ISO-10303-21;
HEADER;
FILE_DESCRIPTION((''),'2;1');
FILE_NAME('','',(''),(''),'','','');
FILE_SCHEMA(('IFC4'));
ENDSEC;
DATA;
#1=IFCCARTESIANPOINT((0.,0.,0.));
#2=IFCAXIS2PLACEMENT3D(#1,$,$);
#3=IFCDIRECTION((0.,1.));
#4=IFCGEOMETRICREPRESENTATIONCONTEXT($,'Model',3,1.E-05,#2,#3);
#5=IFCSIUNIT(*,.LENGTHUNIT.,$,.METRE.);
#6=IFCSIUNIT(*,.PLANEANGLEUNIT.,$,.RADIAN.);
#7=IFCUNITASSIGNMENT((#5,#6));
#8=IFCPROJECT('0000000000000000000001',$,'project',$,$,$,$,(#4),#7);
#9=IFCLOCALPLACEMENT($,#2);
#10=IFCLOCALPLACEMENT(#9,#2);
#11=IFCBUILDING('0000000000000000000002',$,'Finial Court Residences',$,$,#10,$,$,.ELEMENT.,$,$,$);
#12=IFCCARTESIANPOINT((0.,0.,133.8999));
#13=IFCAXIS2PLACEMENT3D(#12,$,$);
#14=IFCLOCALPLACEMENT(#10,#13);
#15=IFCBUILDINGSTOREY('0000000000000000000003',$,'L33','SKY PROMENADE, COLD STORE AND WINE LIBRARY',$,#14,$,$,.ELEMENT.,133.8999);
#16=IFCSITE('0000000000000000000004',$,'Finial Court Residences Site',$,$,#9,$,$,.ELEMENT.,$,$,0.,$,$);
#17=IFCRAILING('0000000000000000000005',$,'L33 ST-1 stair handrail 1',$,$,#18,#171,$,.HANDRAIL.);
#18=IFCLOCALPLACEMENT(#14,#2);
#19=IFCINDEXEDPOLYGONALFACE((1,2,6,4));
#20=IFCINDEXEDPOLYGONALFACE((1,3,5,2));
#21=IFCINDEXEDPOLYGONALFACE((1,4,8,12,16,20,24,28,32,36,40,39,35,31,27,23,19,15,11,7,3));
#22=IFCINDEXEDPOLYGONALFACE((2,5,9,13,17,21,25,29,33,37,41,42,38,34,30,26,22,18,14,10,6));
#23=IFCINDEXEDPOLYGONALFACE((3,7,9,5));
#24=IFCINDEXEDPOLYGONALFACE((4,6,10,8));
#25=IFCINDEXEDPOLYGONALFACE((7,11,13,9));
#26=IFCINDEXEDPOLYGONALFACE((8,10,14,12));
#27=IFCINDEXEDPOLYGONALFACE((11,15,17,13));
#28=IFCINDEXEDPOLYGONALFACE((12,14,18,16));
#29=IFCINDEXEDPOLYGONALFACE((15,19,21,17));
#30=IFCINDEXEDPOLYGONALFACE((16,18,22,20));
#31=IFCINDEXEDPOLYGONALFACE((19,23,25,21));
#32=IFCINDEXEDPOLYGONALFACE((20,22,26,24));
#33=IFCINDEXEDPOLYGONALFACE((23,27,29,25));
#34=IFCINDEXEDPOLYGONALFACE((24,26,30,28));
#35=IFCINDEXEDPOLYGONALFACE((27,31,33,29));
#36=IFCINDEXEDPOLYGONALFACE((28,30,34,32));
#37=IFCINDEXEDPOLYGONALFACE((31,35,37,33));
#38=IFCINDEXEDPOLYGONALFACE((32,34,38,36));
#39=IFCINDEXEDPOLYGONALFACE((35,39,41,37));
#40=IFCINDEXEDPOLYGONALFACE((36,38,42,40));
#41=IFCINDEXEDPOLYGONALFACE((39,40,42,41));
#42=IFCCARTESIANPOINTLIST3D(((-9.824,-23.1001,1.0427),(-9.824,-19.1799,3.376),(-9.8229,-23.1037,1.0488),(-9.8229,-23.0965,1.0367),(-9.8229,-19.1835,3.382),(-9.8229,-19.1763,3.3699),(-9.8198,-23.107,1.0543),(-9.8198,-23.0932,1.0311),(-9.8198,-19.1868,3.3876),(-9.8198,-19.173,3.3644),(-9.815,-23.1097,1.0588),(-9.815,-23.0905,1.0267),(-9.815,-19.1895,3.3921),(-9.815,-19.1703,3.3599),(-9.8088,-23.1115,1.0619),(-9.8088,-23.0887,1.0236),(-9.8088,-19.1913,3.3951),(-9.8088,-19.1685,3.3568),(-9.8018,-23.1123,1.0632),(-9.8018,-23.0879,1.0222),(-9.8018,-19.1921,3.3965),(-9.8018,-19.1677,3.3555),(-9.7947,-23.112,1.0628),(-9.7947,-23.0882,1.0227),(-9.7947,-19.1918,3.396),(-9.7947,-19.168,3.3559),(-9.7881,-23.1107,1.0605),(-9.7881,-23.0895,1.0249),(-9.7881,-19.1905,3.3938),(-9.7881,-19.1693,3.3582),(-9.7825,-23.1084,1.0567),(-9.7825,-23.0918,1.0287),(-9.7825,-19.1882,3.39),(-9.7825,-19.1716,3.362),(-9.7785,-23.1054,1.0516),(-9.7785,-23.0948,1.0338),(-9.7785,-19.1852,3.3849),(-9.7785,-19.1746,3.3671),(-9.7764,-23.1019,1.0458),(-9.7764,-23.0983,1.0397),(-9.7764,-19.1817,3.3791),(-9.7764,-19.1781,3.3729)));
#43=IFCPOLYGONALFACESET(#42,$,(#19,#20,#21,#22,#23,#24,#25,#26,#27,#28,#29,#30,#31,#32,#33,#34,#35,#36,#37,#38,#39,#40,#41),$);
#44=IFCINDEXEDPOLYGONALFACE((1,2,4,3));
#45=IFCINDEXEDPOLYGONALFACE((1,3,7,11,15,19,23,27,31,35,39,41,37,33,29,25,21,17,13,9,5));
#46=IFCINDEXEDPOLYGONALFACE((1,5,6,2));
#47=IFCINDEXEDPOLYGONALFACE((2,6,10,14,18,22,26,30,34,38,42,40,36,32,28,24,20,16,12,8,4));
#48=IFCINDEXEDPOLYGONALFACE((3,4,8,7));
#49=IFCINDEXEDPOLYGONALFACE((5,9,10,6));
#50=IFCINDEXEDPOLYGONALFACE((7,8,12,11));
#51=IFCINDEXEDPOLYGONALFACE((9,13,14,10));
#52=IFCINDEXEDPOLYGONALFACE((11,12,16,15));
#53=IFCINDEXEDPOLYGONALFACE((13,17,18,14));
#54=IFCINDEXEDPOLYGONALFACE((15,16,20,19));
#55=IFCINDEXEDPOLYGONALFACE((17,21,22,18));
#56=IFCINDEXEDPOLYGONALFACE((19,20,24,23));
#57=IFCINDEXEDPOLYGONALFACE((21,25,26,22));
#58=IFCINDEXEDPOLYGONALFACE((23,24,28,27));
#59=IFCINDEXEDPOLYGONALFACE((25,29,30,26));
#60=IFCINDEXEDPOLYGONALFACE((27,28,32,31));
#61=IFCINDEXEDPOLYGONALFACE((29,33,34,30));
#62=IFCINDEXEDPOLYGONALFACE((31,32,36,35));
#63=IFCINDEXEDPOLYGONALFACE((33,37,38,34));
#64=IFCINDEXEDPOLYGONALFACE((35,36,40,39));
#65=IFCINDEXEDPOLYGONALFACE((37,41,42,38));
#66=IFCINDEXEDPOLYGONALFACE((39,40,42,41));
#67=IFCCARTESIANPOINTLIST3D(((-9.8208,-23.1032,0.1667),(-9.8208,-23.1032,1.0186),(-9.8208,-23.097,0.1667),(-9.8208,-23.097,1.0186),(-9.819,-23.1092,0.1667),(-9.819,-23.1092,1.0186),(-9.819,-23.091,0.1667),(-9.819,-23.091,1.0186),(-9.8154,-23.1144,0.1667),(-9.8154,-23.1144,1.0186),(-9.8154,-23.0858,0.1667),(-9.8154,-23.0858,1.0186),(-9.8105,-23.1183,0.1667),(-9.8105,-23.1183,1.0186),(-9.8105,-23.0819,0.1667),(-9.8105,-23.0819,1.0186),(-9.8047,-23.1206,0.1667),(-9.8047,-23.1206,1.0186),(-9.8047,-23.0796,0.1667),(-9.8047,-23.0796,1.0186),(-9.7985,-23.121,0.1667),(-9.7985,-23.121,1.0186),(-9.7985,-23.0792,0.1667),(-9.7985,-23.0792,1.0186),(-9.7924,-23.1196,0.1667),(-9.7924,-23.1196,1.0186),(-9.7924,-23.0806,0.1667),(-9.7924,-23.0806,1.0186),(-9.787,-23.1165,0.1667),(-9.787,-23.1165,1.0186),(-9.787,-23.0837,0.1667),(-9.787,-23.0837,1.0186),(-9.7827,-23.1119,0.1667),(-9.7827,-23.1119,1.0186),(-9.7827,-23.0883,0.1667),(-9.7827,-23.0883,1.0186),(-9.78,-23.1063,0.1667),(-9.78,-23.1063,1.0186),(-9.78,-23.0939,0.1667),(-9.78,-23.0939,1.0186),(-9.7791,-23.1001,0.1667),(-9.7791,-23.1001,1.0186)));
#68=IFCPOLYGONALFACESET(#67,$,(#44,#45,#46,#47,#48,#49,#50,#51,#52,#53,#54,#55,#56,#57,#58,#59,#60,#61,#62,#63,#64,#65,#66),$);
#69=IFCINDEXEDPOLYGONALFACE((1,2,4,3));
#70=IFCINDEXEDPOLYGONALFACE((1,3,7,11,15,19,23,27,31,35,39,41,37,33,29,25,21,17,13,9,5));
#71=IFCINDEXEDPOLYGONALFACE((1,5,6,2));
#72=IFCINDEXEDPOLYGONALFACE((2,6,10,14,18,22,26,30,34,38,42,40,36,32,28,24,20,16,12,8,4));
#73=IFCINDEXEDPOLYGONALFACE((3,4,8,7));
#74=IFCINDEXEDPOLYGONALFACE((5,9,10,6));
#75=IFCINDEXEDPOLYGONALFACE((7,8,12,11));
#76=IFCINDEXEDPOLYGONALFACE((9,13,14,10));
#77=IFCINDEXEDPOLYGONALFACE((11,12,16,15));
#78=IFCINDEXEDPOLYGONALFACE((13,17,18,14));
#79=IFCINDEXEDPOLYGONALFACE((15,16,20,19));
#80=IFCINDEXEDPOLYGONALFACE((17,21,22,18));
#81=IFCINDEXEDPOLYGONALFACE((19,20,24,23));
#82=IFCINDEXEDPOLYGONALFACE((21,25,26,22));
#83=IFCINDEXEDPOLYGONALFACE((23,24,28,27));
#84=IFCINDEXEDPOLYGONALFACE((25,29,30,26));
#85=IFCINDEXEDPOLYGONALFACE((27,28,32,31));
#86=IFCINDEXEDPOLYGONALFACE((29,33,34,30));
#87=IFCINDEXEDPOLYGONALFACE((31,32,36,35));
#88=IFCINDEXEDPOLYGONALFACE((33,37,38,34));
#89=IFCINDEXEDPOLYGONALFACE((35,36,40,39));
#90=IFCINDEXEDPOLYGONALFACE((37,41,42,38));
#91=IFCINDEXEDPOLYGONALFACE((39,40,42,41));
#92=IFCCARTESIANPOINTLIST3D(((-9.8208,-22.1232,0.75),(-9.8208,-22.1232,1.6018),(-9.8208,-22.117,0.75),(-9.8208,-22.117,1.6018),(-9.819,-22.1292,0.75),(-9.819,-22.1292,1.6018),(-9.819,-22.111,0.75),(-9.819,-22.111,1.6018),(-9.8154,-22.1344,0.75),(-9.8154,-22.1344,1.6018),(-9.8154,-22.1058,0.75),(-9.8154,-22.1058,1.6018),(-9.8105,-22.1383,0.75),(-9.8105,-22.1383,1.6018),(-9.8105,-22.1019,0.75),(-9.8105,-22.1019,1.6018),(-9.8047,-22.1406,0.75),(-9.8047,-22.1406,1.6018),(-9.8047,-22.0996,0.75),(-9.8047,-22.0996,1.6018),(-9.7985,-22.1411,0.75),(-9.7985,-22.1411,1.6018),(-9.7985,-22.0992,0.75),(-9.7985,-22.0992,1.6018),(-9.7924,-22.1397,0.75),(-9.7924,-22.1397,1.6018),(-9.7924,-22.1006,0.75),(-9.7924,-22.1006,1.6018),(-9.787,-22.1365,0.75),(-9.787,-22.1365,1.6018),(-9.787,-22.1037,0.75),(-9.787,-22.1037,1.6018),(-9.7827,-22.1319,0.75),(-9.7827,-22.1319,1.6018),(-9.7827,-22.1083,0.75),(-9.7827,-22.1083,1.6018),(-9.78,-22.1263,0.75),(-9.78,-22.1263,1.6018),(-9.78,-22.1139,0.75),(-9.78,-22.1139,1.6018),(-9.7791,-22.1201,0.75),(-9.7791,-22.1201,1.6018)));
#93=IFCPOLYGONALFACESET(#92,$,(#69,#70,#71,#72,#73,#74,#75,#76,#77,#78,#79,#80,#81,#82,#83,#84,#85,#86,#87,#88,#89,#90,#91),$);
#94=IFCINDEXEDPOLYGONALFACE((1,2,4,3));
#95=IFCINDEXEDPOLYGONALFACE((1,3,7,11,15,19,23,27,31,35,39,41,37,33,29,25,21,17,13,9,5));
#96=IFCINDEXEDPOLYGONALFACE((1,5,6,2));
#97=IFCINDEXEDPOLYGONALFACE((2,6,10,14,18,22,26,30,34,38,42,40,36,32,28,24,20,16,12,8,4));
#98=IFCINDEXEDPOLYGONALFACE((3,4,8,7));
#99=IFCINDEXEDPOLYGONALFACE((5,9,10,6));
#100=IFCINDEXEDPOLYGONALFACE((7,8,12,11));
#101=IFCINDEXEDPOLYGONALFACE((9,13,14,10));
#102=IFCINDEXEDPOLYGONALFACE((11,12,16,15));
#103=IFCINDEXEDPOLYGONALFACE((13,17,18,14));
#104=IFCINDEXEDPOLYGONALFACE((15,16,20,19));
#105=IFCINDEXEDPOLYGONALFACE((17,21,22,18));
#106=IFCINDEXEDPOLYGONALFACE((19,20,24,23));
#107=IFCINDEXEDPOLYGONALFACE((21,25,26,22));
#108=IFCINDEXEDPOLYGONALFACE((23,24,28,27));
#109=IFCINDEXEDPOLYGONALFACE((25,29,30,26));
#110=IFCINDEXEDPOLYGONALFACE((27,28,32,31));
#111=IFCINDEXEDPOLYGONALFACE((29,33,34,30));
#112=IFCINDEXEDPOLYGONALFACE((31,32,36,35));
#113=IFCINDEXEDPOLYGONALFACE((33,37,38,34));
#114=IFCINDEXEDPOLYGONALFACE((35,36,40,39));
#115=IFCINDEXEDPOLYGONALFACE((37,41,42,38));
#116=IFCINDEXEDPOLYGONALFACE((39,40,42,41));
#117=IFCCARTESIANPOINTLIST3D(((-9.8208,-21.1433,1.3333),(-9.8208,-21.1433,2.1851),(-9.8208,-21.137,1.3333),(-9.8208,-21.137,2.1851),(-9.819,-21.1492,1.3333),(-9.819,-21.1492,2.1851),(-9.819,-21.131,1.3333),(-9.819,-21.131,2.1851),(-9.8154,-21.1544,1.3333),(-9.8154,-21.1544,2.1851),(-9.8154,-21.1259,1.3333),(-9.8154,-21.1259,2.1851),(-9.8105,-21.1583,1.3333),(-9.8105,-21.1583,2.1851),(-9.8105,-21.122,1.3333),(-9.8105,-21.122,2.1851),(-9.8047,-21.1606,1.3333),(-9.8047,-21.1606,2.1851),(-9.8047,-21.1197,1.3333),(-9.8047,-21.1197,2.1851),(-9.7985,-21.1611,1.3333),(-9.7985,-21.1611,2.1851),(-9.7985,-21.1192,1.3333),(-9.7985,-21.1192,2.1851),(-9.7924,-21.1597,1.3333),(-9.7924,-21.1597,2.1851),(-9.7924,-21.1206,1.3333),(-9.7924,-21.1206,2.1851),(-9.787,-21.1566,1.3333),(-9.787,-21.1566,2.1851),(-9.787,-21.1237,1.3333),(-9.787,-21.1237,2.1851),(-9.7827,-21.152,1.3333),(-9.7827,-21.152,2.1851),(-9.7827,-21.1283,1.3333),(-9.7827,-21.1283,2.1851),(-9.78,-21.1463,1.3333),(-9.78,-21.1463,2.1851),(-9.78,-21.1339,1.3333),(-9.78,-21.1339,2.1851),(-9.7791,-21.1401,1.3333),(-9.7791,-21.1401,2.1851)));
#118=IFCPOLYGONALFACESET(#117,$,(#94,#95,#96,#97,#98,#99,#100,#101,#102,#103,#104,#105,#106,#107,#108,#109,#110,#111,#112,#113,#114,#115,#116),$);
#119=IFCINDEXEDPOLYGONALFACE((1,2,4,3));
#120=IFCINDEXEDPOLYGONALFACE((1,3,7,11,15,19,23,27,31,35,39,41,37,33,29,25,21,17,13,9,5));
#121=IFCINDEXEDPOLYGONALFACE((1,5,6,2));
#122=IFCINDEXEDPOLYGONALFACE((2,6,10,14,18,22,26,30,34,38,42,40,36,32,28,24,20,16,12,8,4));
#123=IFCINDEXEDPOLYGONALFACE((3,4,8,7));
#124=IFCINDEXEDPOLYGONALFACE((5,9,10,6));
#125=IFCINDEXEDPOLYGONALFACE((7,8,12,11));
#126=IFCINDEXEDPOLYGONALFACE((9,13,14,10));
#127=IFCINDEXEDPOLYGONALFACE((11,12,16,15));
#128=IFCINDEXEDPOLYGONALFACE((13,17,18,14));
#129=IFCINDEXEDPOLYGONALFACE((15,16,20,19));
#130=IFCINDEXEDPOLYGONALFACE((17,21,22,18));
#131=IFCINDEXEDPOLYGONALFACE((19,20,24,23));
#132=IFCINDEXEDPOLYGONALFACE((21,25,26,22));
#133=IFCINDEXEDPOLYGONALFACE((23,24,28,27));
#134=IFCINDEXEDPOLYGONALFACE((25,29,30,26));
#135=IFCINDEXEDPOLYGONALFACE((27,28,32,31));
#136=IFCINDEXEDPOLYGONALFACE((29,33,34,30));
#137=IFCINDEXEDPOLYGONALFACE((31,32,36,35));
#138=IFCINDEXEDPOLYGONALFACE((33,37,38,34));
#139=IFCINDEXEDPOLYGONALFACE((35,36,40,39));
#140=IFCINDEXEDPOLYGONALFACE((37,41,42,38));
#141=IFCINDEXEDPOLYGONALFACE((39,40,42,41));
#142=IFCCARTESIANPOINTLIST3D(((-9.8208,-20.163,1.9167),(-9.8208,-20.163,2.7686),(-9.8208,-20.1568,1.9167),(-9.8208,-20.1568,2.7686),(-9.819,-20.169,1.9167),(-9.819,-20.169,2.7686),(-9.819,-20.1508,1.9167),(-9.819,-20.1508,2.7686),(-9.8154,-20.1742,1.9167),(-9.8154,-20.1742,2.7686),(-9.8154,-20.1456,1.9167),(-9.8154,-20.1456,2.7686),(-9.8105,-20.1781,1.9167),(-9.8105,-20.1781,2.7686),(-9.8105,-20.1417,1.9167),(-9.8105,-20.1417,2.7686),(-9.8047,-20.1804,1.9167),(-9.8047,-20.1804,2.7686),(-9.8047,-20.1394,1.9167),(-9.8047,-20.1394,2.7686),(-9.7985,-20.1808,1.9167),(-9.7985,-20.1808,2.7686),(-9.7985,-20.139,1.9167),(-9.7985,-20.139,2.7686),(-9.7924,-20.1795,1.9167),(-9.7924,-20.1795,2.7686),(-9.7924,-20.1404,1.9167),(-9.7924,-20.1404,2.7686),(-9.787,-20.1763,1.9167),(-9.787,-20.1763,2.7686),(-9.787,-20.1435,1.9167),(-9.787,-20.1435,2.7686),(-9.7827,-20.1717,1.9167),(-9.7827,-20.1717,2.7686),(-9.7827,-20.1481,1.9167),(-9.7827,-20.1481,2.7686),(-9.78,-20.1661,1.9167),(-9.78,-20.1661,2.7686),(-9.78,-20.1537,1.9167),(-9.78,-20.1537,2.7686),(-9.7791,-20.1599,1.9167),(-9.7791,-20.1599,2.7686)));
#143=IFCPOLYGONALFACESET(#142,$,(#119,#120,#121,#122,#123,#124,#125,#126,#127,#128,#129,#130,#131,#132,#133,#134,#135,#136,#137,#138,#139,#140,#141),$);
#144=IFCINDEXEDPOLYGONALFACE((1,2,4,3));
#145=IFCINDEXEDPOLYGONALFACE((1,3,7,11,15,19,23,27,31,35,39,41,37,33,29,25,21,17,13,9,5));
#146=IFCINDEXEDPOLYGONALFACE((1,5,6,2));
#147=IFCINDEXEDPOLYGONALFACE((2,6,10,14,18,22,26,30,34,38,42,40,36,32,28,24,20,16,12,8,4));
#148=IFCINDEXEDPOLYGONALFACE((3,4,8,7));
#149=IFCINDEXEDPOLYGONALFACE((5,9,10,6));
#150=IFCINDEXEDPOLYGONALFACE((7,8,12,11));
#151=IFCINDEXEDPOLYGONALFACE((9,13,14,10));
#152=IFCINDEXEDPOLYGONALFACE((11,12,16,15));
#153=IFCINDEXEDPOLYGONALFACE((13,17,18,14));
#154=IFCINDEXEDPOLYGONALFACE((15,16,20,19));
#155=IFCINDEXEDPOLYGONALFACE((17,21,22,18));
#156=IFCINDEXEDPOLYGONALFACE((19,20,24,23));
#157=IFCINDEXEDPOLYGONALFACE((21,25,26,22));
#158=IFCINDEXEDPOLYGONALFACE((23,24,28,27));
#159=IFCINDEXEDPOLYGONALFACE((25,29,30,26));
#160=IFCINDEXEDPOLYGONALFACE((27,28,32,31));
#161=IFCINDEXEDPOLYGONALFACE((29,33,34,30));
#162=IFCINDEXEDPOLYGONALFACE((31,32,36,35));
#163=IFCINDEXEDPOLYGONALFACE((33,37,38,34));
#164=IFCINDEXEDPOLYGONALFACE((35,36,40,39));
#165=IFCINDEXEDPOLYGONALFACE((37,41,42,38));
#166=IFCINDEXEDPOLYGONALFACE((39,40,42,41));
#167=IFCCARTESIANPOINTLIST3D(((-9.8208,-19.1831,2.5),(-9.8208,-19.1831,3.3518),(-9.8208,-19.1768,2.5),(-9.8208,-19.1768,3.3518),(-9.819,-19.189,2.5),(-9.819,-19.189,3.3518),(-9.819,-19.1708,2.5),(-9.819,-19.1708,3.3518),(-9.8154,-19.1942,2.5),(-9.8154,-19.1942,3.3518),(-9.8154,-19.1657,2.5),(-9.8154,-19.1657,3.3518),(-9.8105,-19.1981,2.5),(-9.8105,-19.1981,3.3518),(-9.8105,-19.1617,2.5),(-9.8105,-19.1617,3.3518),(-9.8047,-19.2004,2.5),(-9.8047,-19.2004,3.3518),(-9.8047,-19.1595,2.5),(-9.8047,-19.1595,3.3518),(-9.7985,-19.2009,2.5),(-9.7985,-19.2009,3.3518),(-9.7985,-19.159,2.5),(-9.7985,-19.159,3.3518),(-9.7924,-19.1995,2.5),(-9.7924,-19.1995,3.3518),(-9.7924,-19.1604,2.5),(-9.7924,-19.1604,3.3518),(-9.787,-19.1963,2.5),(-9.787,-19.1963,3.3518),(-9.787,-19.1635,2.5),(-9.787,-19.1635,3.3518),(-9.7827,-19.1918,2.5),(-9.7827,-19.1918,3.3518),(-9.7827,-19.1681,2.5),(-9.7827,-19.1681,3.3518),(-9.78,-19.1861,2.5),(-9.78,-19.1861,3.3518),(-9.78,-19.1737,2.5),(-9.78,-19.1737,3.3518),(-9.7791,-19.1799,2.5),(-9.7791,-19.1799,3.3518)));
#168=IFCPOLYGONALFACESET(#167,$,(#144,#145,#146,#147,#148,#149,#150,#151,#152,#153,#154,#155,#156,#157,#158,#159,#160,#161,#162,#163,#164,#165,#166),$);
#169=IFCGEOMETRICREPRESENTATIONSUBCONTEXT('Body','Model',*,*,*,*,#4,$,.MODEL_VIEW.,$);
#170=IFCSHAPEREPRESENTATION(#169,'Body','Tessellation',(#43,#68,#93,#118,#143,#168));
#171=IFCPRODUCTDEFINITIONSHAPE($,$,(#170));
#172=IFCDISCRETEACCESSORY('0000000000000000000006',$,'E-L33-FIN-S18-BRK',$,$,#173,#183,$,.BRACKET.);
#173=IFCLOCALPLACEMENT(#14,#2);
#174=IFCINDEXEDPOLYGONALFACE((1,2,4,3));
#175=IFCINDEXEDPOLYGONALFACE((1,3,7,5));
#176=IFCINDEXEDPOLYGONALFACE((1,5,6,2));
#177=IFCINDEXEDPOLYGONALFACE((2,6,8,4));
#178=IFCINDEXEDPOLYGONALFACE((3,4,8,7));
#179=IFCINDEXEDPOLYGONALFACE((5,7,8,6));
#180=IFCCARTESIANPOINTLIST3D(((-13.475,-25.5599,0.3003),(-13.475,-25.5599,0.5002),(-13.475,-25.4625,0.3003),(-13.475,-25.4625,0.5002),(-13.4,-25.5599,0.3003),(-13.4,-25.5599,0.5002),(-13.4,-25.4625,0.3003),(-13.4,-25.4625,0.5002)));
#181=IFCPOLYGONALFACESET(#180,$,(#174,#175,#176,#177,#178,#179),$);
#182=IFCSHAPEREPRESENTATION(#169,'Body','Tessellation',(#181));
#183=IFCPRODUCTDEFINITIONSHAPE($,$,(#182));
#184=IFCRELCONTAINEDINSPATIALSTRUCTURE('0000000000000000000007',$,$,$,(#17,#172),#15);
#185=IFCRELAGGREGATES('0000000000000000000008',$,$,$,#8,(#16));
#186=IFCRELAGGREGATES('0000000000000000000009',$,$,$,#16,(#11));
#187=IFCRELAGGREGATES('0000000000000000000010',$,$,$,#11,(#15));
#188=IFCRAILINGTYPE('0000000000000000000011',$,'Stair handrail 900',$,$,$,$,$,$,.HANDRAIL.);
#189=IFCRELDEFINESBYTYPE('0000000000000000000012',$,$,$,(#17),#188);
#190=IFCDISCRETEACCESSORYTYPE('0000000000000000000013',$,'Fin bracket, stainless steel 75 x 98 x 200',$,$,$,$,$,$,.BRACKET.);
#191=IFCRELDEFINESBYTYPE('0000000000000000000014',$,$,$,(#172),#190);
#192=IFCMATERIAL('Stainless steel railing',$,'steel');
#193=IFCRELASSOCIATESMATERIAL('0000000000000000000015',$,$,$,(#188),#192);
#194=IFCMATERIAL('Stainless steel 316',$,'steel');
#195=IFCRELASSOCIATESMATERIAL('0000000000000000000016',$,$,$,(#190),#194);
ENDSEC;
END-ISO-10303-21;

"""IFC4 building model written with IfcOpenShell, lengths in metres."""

from ifc_helpers import new_model, si_unit, direction, frame, origin, origin_2d, place, context, subcontext, project, spatial, rectangle, circle, extrude, material, type_object, element, save


model = new_model("IFC4")

# Units and contexts
model_context = context("Model", 3, precision=1e-05, world=origin(), true_north=direction((0.0, 1.0)))
body_context = subcontext(model_context, "Body", "Model", "MODEL_VIEW")
ifc_project = project(units=[si_unit("LENGTHUNIT", "METRE"), si_unit("PLANEANGLEUNIT", "RADIAN")], contexts=[model_context])

# Site, building, storey
site_placement = place(None, origin())
site = spatial("IfcSite", under=ifc_project, at=site_placement, Name="Finial Court Residences Site", CompositionType="ELEMENT", RefElevation=0.0)
building_placement = place(site_placement, origin())
building = spatial("IfcBuilding", under=site, at=building_placement, Name="Finial Court Residences", CompositionType="ELEMENT")
storey_placement = place(building_placement, frame((0.0, 0.0, 133.8999)))
storey = spatial("IfcBuildingStorey", under=building, at=storey_placement, Name="L33", Description="SKY PROMENADE, COLD STORE AND WINE LIBRARY", CompositionType="ELEMENT", Elevation=133.8999)

# Railing
ifc_material_1 = material(Name="Stainless steel railing", Category="steel")
railing_type_1 = type_object("IfcRailingType", Name="Stair handrail 900", PredefinedType="HANDRAIL", material=ifc_material_1)
railing_1_placement = place(storey_placement, frame((-9.8, -23.1001, 0.1667)))
element("IfcRailing", 1, at=railing_1_placement, inside=storey, type_object=railing_type_1, Name="L33 ST-1 stair handrail 1", PredefinedType="HANDRAIL", context=body_context, shape_type="SweptSolid", body=[
    extrude(circle(Radius=0.0239, at=origin_2d()), frame((0.0, 0.0, 0.876), z_axis=(0.0, 0.85931, 0.511455), x_axis=(-1.0, 0.0, 0.0)), (0.0, 0.0, 1.0), 4.562),
    extrude(circle(Radius=0.021, at=origin_2d()), origin(), (0.0, 0.0, 1.0), 0.8518),
    extrude(circle(Radius=0.021, at=origin_2d()), frame((0.0, 0.98, 0.5833)), (0.0, 0.0, 1.0), 0.8518),
    extrude(circle(Radius=0.021, at=origin_2d()), frame((0.0, 1.96, 1.1665)), (0.0, 0.0, 1.0), 0.8518),
    extrude(circle(Radius=0.021, at=origin_2d()), frame((0.0, 2.9402, 1.75)), (0.0, 0.0, 1.0), 0.8518),
    extrude(circle(Radius=0.021, at=origin_2d()), frame((0.0, 3.9202, 2.3333)), (0.0, 0.0, 1.0), 0.8518),
])

# Discrete accessory
ifc_material_2 = material(Name="Stainless steel 316", Category="steel")
discrete_accessory_type = type_object("IfcDiscreteAccessoryType", Name="Fin bracket, stainless steel 75 x 98 x 200", PredefinedType="BRACKET", material=ifc_material_2)
discrete_accessory_placement = place(storey_placement, frame((-13.4375, -25.5112, 0.3003), z_axis=(0.0, 0.0, 1.0), x_axis=(1.0, 0.0, 0.0)))
element("IfcDiscreteAccessory", 2, at=discrete_accessory_placement, inside=storey, type_object=discrete_accessory_type, Name="E-L33-FIN-S18-BRK", PredefinedType="BRACKET", context=body_context, shape_type="SweptSolid", body=[
    extrude(rectangle(XDim=0.075, YDim=0.0974, at=origin_2d()), origin(), (0.0, 0.0, 1.0), 0.2),
])

save(model, "model.ifc")
